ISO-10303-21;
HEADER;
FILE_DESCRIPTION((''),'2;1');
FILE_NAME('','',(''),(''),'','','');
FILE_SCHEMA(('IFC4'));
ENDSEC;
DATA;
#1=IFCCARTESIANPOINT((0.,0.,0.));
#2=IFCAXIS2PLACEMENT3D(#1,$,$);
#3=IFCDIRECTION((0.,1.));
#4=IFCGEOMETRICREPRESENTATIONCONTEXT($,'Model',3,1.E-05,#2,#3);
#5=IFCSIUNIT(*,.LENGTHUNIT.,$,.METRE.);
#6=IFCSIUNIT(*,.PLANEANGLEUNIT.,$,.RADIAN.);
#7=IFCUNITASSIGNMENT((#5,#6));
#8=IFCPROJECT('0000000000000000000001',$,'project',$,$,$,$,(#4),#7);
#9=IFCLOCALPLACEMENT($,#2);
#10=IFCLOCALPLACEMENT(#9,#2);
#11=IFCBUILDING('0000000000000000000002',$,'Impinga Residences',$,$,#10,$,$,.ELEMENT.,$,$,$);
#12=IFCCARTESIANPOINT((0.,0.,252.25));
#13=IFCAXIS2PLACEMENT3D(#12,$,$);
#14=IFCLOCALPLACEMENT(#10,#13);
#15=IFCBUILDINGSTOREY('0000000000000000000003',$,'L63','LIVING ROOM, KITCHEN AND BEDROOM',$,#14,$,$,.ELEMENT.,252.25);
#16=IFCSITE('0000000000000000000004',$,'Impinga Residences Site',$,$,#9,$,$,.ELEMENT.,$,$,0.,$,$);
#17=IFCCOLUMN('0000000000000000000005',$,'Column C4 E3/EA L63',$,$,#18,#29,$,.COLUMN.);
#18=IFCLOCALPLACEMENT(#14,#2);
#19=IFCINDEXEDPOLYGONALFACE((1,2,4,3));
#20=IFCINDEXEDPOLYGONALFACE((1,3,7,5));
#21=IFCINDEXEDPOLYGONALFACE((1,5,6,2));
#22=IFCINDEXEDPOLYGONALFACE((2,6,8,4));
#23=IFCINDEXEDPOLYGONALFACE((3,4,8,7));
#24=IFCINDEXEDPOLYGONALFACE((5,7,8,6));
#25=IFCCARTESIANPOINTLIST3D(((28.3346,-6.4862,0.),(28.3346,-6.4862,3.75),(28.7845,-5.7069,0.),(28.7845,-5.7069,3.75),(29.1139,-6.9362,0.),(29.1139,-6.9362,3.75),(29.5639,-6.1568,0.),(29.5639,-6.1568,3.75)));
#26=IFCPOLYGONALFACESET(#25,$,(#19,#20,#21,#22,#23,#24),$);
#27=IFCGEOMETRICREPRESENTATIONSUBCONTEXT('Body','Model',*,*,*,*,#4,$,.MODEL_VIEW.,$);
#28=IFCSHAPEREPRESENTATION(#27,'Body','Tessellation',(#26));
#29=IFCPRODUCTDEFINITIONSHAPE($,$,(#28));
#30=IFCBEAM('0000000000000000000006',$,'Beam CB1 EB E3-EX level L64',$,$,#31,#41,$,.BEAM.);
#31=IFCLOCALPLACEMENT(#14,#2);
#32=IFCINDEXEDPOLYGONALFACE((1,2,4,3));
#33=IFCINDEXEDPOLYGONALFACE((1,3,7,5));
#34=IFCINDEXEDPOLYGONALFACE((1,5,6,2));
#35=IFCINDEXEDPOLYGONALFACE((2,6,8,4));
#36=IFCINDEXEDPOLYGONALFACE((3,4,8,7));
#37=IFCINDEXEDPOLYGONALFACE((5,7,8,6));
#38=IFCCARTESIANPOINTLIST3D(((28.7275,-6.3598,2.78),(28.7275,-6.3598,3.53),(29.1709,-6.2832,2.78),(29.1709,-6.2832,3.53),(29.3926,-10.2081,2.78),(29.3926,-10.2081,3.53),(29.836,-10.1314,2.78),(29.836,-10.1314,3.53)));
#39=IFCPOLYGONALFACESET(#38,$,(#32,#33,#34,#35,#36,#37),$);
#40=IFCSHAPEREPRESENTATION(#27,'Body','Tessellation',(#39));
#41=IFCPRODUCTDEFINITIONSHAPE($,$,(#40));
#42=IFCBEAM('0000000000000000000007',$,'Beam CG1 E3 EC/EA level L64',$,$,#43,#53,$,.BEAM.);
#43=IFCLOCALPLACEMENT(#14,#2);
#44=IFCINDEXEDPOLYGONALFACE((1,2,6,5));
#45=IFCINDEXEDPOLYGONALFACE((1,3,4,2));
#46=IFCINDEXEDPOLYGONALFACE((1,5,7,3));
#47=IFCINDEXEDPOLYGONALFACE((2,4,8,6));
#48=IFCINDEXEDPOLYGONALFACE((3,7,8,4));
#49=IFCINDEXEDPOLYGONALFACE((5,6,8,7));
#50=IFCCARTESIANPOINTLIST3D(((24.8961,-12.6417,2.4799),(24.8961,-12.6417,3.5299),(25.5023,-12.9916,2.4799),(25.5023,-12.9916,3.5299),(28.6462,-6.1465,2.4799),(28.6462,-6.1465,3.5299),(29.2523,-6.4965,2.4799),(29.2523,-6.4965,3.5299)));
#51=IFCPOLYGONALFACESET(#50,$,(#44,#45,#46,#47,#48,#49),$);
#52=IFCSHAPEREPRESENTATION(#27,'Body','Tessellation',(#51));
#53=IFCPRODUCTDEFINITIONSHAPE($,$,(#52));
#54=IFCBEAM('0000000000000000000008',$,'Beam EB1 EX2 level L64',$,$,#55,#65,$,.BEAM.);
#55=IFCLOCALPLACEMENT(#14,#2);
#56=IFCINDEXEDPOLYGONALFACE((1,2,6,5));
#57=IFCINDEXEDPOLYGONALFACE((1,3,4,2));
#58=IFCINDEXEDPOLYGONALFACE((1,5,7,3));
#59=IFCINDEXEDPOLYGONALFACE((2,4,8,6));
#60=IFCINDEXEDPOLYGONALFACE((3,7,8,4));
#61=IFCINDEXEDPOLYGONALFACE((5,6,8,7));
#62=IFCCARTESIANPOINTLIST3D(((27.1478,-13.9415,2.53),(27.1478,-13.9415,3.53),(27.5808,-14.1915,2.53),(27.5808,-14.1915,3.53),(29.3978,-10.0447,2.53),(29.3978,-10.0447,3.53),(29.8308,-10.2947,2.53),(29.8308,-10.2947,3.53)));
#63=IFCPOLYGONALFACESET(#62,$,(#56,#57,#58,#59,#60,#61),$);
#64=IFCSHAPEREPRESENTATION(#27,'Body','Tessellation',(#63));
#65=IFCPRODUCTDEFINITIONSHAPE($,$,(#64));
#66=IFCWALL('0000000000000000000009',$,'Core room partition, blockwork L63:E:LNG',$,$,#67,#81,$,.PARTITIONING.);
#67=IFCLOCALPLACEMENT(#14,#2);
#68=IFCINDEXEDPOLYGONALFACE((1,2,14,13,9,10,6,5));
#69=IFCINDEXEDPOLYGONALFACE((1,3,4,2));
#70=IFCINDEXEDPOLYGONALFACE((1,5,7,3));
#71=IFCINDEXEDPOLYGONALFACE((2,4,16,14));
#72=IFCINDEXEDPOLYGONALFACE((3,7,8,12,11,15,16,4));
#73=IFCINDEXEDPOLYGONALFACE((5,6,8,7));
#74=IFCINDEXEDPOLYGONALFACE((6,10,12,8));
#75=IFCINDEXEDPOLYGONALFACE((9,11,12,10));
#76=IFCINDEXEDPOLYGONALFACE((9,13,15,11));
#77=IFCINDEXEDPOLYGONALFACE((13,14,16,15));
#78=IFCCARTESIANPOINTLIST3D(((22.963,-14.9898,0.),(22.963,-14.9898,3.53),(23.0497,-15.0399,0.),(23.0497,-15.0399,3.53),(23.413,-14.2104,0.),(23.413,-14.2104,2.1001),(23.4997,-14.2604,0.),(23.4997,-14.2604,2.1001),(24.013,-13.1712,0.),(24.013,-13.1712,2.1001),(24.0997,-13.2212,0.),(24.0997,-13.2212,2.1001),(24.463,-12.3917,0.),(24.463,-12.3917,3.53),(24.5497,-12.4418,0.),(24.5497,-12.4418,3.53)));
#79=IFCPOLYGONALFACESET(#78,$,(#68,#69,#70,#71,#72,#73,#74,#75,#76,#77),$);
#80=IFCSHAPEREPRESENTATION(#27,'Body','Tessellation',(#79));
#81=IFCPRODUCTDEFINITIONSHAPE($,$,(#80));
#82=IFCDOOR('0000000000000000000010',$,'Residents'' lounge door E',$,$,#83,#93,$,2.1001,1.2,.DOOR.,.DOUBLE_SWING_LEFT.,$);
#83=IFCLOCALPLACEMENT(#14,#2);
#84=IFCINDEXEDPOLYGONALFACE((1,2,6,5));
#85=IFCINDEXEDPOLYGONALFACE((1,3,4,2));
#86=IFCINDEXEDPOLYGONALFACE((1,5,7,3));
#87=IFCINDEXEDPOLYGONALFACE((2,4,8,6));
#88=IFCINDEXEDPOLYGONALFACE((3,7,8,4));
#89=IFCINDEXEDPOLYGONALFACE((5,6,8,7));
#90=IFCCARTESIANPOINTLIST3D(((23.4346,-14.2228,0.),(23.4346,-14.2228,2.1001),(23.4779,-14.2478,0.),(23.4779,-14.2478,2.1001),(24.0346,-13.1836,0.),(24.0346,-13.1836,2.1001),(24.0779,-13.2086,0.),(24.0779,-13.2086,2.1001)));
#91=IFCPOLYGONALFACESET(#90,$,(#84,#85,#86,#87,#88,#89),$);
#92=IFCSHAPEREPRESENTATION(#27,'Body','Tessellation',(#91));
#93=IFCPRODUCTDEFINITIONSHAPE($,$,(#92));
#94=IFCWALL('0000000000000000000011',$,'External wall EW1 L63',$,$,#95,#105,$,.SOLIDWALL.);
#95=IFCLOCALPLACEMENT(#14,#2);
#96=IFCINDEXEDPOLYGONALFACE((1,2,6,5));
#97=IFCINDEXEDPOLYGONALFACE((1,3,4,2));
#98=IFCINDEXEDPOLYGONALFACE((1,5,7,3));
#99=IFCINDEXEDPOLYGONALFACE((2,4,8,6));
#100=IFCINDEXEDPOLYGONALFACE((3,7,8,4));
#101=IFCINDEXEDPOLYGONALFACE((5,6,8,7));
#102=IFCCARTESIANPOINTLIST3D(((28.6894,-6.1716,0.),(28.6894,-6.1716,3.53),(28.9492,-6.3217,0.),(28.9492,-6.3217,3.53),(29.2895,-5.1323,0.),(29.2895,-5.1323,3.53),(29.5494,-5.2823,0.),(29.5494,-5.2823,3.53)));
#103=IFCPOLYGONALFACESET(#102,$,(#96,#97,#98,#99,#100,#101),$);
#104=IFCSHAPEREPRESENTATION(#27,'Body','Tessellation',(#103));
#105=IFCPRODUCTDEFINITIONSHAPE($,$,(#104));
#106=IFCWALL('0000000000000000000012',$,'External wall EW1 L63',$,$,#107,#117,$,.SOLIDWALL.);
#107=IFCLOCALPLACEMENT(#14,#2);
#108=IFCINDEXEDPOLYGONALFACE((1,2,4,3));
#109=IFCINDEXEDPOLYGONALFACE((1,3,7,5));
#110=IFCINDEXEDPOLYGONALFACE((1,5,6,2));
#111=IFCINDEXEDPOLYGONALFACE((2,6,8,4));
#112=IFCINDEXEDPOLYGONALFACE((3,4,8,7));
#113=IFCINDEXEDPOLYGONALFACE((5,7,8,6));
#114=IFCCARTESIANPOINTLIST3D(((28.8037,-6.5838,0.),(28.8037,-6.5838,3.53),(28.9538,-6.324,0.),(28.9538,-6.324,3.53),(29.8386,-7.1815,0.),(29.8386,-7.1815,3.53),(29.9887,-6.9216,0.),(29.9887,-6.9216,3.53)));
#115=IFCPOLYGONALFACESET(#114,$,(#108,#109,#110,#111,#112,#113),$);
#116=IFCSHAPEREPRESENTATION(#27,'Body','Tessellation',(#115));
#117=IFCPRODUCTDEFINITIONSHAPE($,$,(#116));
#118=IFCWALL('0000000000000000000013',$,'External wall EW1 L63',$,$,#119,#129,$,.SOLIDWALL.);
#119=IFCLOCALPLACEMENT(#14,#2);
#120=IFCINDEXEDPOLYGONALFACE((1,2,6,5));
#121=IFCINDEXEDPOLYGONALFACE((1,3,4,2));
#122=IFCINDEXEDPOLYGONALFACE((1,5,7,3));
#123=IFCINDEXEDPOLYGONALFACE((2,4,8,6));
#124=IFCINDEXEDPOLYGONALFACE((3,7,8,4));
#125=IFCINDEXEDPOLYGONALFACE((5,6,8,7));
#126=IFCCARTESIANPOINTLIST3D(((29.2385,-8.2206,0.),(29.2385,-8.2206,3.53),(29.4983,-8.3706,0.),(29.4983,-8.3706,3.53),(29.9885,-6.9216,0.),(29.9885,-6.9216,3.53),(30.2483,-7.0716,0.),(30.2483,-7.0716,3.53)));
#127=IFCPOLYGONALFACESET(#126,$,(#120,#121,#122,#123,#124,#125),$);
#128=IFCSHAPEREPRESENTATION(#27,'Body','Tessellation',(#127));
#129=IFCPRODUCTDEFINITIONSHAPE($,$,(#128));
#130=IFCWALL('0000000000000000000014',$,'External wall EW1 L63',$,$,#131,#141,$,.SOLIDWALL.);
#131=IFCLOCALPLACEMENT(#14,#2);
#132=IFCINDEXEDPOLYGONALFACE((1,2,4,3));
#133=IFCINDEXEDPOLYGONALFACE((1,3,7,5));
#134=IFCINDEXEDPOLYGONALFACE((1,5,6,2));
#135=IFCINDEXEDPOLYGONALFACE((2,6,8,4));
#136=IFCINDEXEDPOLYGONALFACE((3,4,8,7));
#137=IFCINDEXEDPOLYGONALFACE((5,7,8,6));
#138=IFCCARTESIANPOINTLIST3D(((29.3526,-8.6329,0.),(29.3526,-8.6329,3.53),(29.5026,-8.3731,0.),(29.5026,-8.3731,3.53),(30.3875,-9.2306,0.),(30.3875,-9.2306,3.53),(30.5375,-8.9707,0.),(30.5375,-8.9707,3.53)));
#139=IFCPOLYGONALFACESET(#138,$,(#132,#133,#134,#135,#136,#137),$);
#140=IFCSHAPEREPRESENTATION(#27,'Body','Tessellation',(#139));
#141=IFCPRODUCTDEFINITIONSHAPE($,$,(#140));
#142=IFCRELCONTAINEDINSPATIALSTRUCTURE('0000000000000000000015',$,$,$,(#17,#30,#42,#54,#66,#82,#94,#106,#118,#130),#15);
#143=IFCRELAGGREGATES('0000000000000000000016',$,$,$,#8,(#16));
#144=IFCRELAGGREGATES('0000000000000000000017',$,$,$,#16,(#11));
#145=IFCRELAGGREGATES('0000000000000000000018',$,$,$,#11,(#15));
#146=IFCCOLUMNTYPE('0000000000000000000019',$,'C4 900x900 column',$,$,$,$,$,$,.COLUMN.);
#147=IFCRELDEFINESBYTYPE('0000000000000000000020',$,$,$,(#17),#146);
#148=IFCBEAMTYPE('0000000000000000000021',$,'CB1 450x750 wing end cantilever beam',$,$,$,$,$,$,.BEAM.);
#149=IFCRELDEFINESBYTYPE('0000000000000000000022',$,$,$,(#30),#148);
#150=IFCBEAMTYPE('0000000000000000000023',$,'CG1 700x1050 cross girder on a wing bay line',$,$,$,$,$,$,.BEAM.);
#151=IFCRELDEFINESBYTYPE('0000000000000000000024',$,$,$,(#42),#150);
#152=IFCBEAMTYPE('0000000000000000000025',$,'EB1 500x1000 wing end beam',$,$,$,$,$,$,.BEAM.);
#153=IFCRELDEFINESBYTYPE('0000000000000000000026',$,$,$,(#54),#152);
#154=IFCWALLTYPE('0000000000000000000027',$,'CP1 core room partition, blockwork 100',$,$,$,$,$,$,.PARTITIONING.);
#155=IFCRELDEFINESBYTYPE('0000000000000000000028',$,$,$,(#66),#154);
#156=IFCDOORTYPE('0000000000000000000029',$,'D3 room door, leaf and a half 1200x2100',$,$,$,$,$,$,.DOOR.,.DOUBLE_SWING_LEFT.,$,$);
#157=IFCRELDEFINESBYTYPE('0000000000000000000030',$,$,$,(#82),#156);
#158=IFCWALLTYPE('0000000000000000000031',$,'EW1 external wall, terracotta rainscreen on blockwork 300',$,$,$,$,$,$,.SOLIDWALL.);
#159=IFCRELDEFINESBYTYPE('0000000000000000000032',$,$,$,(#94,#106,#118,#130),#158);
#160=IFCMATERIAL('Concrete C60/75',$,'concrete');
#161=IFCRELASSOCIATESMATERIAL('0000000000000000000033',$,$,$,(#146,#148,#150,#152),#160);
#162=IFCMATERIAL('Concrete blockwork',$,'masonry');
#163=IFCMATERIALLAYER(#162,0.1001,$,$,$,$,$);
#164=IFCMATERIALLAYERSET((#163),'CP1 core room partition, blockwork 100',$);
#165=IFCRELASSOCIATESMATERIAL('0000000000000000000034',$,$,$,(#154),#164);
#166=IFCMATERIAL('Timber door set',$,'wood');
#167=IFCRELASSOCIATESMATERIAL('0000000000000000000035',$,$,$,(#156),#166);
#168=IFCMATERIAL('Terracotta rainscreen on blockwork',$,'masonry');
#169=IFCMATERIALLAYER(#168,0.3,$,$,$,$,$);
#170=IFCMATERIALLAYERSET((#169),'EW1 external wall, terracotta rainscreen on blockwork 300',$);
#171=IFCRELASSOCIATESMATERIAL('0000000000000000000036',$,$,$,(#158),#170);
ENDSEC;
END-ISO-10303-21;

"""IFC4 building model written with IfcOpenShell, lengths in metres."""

from ifc_helpers import new_model, si_unit, direction, frame, frame_2d, origin, origin_2d, place, context, subcontext, project, spatial, rectangle, extrude, material, layer, layer_set, material_profile, profile_set, type_object, element, fill, save


model = new_model("IFC4")

# Units and contexts
model_context = context("Model", 3, precision=1e-05, world=origin(), true_north=direction((0.0, 1.0)))
body_context = subcontext(model_context, "Body", "Model", "MODEL_VIEW")
ifc_project = project(units=[si_unit("LENGTHUNIT", "METRE"), si_unit("PLANEANGLEUNIT", "RADIAN")], contexts=[model_context])

# Site, building, storey
site_placement = place(None, origin())
site = spatial("IfcSite", under=ifc_project, at=site_placement, Name="Impinga Residences Site", CompositionType="ELEMENT", RefElevation=0.0)
building_placement = place(site_placement, origin())
building = spatial("IfcBuilding", under=site, at=building_placement, Name="Impinga Residences", CompositionType="ELEMENT")
storey_placement = place(building_placement, frame((0.0, 0.0, 252.25)))
storey = spatial("IfcBuildingStorey", under=building, at=storey_placement, Name="L63", Description="LIVING ROOM, KITCHEN AND BEDROOM", CompositionType="ELEMENT", Elevation=252.25)

# Column
ifc_material_1 = material(Name="Concrete C60/75", Category="concrete")
ifc_material_profile_1 = material_profile(ifc_material_1, rectangle(XDim=0.8999, YDim=0.8999, at=origin_2d()), Name="RC 900x900")
ifc_profile_set_1 = profile_set([ifc_material_profile_1], Name="Concrete C60/75")
column_type = type_object("IfcColumnType", Name="C4 900x900 column", PredefinedType="COLUMN", material=ifc_profile_set_1)
column_placement = place(storey_placement, frame((28.9492, -6.3215, 0.0), z_axis=(0.0, 0.0, 1.0), x_axis=(-0.5, -0.866025, 0.0)))
element("IfcColumn", 1, at=column_placement, inside=storey, type_object=column_type, Name="Column C4 E3/EA L63", PredefinedType="COLUMN", context=body_context, shape_type="SweptSolid", body=[
    extrude(rectangle(XDim=0.8999, YDim=0.8999, at=origin_2d()), origin(), (0.0, 0.0, 1.0), 3.75),
])

# Beams
ifc_material_profile_2 = material_profile(ifc_material_1, rectangle(XDim=0.45, YDim=0.75, at=origin_2d()), Name="RC 450x750")
ifc_profile_set_2 = profile_set([ifc_material_profile_2], Name="Concrete C60/75")
beam_type_1 = type_object("IfcBeamType", Name="CB1 450x750 wing end cantilever beam", PredefinedType="BEAM", material=ifc_profile_set_2)
beam_1_placement = place(storey_placement, frame((28.9492, -6.3215, 3.155), z_axis=(0.170296, -0.985393, 0.0), x_axis=(0.985393, 0.170296, 0.0)))
element("IfcBeam", 2, at=beam_1_placement, inside=storey, type_object=beam_type_1, Name="Beam CB1 EB E3-EX level L64", PredefinedType="BEAM", context=body_context, shape_type="SweptSolid", body=[
    extrude(rectangle(XDim=0.45, YDim=0.75, at=origin_2d()), origin(), (0.0, 0.0, 1.0), 3.9053),
])
ifc_material_profile_3 = material_profile(ifc_material_1, rectangle(XDim=0.7, YDim=1.05, at=origin_2d()), Name="RC 700x1050")
ifc_profile_set_3 = profile_set([ifc_material_profile_3], Name="Concrete C60/75")
beam_type_2 = type_object("IfcBeamType", Name="CG1 700x1050 cross girder on a wing bay line", PredefinedType="BEAM", material=ifc_profile_set_3)
beam_2_placement = place(storey_placement, frame((25.1992, -12.8167, 3.0049), z_axis=(0.500004, 0.866023, 0.0), x_axis=(-0.866023, 0.500004, 0.0)))
element("IfcBeam", 3, at=beam_2_placement, inside=storey, type_object=beam_type_2, Name="Beam CG1 E3 EC/EA level L64", PredefinedType="BEAM", context=body_context, shape_type="SweptSolid", body=[
    extrude(rectangle(XDim=0.7, YDim=1.05, at=origin_2d()), origin(), (0.0, 0.0, 1.0), 7.5),
])
ifc_material_profile_4 = material_profile(ifc_material_1, rectangle(XDim=0.5, YDim=1.0, at=origin_2d()), Name="RC 500x1000")
ifc_profile_set_4 = profile_set([ifc_material_profile_4], Name="Concrete C60/75")
beam_type_3 = type_object("IfcBeamType", Name="EB1 500x1000 wing end beam", PredefinedType="BEAM", material=ifc_profile_set_4)
beam_3_placement = place(storey_placement, frame((29.6143, -10.1697, 3.03), z_axis=(-0.500014, -0.866018, 0.0), x_axis=(0.866018, -0.500014, 0.0)))
element("IfcBeam", 4, at=beam_3_placement, inside=storey, type_object=beam_type_3, Name="Beam EB1 EX2 level L64", PredefinedType="BEAM", context=body_context, shape_type="SweptSolid", body=[
    extrude(rectangle(XDim=0.5, YDim=1.0, at=origin_2d()), origin(), (0.0, 0.0, 1.0), 4.4998),
])

# Wall, opening, door
ifc_material_2 = material(Name="Concrete blockwork", Category="masonry")
ifc_layer_1 = layer(ifc_material_2, 0.1001)
ifc_layer_set_1 = layer_set([ifc_layer_1], Name="CP1 core room partition, blockwork 100")
wall_type_1 = type_object("IfcWallType", Name="CP1 core room partition, blockwork 100", PredefinedType="PARTITIONING", material=ifc_layer_set_1)
wall_1_placement = place(storey_placement, frame((24.5063, -12.4167, 0.0), z_axis=(0.0, 0.0, 1.0), x_axis=(-0.49999, -0.866031, 0.0)))
wall_1 = element("IfcWall", 5, at=wall_1_placement, inside=storey, type_object=wall_type_1, Name="Core room partition, blockwork L63:E:LNG", PredefinedType="PARTITIONING", context=body_context, shape_type="SweptSolid", body=[
    extrude(rectangle(XDim=3.0, YDim=0.1001, at=frame_2d((1.5, 0.0))), origin(), (0.0, 0.0, 1.0), 3.53),
])
opening_1_placement = place(wall_1_placement, frame((0.8999, 0.0, 0.0)))
opening_1 = element("IfcOpeningElement", 6, at=opening_1_placement, cuts=wall_1, PredefinedType="OPENING", context=body_context, shape_type="SweptSolid", body=[
    extrude(rectangle(XDim=1.2, YDim=2.1001, at=frame_2d((0.6001, 1.05))), frame((0.0, 0.0601, 0.0), z_axis=(0.0, -1.0, 0.0), x_axis=(1.0, 0.0, 0.0)), (0.0, 0.0, 1.0), 0.1201),
])
ifc_material_3 = material(Name="Timber door set", Category="wood")
door_type_1 = type_object("IfcDoorType", Name="D3 room door, leaf and a half 1200x2100", OperationType="DOUBLE_SWING_LEFT", PredefinedType="DOOR", material=ifc_material_3)
door_1_placement = place(opening_1_placement, origin())
door_1 = element("IfcDoor", 7, at=door_1_placement, inside=storey, type_object=door_type_1, Name="Residents' lounge door E", OperationType="DOUBLE_SWING_LEFT", OverallHeight=2.1001, OverallWidth=1.2, PredefinedType="DOOR", context=body_context, shape_type="SweptSolid", body=[
    extrude(rectangle(XDim=1.2, YDim=2.1001, at=frame_2d((0.6001, 1.05))), frame((0.0, 0.0249, 0.0), z_axis=(0.0, -1.0, 0.0), x_axis=(1.0, 0.0, 0.0)), (0.0, 0.0, 1.0), 0.05),
])
fill(opening_1, door_1)

# Walls
ifc_material_4 = material(Name="Terracotta rainscreen on blockwork", Category="masonry")
ifc_layer_2 = layer(ifc_material_4, 0.3)
ifc_layer_set_2 = layer_set([ifc_layer_2], Name="EW1 external wall, terracotta rainscreen on blockwork 300")
wall_type_2 = type_object("IfcWallType", Name="EW1 external wall, terracotta rainscreen on blockwork 300", PredefinedType="SOLIDWALL", material=ifc_layer_set_2)
wall_2_placement = place(storey_placement, frame((29.4194, -5.2073, 0.0), z_axis=(0.0, 0.0, 1.0), x_axis=(-0.500034, -0.866006, 0.0)))
element("IfcWall", 8, at=wall_2_placement, inside=storey, type_object=wall_type_2, Name="External wall EW1 L63", PredefinedType="SOLIDWALL", context=body_context, shape_type="SweptSolid", body=[
    extrude(rectangle(XDim=1.2002, YDim=0.3, at=frame_2d((0.6001, 0.0))), origin(), (0.0, 0.0, 1.0), 3.53),
])
wall_3_placement = place(storey_placement, frame((28.8787, -6.4539, 0.0), z_axis=(0.0, 0.0, 1.0), x_axis=(0.865971, -0.500094, 0.0)))
element("IfcWall", 9, at=wall_3_placement, inside=storey, type_object=wall_type_2, Name="External wall EW1 L63", PredefinedType="SOLIDWALL", context=body_context, shape_type="SweptSolid", body=[
    extrude(rectangle(XDim=1.1951, YDim=0.3, at=frame_2d((0.5977, 0.0))), origin(), (0.0, 0.0, 1.0), 3.53),
])
wall_4_placement = place(storey_placement, frame((30.1184, -6.9966, 0.0), z_axis=(0.0, 0.0, 1.0), x_axis=(-0.49999, -0.866031, 0.0)))
element("IfcWall", 10, at=wall_4_placement, inside=storey, type_object=wall_type_2, Name="External wall EW1 L63", PredefinedType="SOLIDWALL", context=body_context, shape_type="SweptSolid", body=[
    extrude(rectangle(XDim=1.5, YDim=0.3, at=frame_2d((0.75, 0.0))), origin(), (0.0, 0.0, 1.0), 3.53),
])
wall_5_placement = place(storey_placement, frame((29.4275, -8.5029, 0.0), z_axis=(0.0, 0.0, 1.0), x_axis=(0.865971, -0.500094, 0.0)))
element("IfcWall", 11, at=wall_5_placement, inside=storey, type_object=wall_type_2, Name="External wall EW1 L63", PredefinedType="SOLIDWALL", context=body_context, shape_type="SweptSolid", body=[
    extrude(rectangle(XDim=1.1951, YDim=0.3, at=frame_2d((0.5977, 0.0))), origin(), (0.0, 0.0, 1.0), 3.53),
])

save(model, "model.ifc")
